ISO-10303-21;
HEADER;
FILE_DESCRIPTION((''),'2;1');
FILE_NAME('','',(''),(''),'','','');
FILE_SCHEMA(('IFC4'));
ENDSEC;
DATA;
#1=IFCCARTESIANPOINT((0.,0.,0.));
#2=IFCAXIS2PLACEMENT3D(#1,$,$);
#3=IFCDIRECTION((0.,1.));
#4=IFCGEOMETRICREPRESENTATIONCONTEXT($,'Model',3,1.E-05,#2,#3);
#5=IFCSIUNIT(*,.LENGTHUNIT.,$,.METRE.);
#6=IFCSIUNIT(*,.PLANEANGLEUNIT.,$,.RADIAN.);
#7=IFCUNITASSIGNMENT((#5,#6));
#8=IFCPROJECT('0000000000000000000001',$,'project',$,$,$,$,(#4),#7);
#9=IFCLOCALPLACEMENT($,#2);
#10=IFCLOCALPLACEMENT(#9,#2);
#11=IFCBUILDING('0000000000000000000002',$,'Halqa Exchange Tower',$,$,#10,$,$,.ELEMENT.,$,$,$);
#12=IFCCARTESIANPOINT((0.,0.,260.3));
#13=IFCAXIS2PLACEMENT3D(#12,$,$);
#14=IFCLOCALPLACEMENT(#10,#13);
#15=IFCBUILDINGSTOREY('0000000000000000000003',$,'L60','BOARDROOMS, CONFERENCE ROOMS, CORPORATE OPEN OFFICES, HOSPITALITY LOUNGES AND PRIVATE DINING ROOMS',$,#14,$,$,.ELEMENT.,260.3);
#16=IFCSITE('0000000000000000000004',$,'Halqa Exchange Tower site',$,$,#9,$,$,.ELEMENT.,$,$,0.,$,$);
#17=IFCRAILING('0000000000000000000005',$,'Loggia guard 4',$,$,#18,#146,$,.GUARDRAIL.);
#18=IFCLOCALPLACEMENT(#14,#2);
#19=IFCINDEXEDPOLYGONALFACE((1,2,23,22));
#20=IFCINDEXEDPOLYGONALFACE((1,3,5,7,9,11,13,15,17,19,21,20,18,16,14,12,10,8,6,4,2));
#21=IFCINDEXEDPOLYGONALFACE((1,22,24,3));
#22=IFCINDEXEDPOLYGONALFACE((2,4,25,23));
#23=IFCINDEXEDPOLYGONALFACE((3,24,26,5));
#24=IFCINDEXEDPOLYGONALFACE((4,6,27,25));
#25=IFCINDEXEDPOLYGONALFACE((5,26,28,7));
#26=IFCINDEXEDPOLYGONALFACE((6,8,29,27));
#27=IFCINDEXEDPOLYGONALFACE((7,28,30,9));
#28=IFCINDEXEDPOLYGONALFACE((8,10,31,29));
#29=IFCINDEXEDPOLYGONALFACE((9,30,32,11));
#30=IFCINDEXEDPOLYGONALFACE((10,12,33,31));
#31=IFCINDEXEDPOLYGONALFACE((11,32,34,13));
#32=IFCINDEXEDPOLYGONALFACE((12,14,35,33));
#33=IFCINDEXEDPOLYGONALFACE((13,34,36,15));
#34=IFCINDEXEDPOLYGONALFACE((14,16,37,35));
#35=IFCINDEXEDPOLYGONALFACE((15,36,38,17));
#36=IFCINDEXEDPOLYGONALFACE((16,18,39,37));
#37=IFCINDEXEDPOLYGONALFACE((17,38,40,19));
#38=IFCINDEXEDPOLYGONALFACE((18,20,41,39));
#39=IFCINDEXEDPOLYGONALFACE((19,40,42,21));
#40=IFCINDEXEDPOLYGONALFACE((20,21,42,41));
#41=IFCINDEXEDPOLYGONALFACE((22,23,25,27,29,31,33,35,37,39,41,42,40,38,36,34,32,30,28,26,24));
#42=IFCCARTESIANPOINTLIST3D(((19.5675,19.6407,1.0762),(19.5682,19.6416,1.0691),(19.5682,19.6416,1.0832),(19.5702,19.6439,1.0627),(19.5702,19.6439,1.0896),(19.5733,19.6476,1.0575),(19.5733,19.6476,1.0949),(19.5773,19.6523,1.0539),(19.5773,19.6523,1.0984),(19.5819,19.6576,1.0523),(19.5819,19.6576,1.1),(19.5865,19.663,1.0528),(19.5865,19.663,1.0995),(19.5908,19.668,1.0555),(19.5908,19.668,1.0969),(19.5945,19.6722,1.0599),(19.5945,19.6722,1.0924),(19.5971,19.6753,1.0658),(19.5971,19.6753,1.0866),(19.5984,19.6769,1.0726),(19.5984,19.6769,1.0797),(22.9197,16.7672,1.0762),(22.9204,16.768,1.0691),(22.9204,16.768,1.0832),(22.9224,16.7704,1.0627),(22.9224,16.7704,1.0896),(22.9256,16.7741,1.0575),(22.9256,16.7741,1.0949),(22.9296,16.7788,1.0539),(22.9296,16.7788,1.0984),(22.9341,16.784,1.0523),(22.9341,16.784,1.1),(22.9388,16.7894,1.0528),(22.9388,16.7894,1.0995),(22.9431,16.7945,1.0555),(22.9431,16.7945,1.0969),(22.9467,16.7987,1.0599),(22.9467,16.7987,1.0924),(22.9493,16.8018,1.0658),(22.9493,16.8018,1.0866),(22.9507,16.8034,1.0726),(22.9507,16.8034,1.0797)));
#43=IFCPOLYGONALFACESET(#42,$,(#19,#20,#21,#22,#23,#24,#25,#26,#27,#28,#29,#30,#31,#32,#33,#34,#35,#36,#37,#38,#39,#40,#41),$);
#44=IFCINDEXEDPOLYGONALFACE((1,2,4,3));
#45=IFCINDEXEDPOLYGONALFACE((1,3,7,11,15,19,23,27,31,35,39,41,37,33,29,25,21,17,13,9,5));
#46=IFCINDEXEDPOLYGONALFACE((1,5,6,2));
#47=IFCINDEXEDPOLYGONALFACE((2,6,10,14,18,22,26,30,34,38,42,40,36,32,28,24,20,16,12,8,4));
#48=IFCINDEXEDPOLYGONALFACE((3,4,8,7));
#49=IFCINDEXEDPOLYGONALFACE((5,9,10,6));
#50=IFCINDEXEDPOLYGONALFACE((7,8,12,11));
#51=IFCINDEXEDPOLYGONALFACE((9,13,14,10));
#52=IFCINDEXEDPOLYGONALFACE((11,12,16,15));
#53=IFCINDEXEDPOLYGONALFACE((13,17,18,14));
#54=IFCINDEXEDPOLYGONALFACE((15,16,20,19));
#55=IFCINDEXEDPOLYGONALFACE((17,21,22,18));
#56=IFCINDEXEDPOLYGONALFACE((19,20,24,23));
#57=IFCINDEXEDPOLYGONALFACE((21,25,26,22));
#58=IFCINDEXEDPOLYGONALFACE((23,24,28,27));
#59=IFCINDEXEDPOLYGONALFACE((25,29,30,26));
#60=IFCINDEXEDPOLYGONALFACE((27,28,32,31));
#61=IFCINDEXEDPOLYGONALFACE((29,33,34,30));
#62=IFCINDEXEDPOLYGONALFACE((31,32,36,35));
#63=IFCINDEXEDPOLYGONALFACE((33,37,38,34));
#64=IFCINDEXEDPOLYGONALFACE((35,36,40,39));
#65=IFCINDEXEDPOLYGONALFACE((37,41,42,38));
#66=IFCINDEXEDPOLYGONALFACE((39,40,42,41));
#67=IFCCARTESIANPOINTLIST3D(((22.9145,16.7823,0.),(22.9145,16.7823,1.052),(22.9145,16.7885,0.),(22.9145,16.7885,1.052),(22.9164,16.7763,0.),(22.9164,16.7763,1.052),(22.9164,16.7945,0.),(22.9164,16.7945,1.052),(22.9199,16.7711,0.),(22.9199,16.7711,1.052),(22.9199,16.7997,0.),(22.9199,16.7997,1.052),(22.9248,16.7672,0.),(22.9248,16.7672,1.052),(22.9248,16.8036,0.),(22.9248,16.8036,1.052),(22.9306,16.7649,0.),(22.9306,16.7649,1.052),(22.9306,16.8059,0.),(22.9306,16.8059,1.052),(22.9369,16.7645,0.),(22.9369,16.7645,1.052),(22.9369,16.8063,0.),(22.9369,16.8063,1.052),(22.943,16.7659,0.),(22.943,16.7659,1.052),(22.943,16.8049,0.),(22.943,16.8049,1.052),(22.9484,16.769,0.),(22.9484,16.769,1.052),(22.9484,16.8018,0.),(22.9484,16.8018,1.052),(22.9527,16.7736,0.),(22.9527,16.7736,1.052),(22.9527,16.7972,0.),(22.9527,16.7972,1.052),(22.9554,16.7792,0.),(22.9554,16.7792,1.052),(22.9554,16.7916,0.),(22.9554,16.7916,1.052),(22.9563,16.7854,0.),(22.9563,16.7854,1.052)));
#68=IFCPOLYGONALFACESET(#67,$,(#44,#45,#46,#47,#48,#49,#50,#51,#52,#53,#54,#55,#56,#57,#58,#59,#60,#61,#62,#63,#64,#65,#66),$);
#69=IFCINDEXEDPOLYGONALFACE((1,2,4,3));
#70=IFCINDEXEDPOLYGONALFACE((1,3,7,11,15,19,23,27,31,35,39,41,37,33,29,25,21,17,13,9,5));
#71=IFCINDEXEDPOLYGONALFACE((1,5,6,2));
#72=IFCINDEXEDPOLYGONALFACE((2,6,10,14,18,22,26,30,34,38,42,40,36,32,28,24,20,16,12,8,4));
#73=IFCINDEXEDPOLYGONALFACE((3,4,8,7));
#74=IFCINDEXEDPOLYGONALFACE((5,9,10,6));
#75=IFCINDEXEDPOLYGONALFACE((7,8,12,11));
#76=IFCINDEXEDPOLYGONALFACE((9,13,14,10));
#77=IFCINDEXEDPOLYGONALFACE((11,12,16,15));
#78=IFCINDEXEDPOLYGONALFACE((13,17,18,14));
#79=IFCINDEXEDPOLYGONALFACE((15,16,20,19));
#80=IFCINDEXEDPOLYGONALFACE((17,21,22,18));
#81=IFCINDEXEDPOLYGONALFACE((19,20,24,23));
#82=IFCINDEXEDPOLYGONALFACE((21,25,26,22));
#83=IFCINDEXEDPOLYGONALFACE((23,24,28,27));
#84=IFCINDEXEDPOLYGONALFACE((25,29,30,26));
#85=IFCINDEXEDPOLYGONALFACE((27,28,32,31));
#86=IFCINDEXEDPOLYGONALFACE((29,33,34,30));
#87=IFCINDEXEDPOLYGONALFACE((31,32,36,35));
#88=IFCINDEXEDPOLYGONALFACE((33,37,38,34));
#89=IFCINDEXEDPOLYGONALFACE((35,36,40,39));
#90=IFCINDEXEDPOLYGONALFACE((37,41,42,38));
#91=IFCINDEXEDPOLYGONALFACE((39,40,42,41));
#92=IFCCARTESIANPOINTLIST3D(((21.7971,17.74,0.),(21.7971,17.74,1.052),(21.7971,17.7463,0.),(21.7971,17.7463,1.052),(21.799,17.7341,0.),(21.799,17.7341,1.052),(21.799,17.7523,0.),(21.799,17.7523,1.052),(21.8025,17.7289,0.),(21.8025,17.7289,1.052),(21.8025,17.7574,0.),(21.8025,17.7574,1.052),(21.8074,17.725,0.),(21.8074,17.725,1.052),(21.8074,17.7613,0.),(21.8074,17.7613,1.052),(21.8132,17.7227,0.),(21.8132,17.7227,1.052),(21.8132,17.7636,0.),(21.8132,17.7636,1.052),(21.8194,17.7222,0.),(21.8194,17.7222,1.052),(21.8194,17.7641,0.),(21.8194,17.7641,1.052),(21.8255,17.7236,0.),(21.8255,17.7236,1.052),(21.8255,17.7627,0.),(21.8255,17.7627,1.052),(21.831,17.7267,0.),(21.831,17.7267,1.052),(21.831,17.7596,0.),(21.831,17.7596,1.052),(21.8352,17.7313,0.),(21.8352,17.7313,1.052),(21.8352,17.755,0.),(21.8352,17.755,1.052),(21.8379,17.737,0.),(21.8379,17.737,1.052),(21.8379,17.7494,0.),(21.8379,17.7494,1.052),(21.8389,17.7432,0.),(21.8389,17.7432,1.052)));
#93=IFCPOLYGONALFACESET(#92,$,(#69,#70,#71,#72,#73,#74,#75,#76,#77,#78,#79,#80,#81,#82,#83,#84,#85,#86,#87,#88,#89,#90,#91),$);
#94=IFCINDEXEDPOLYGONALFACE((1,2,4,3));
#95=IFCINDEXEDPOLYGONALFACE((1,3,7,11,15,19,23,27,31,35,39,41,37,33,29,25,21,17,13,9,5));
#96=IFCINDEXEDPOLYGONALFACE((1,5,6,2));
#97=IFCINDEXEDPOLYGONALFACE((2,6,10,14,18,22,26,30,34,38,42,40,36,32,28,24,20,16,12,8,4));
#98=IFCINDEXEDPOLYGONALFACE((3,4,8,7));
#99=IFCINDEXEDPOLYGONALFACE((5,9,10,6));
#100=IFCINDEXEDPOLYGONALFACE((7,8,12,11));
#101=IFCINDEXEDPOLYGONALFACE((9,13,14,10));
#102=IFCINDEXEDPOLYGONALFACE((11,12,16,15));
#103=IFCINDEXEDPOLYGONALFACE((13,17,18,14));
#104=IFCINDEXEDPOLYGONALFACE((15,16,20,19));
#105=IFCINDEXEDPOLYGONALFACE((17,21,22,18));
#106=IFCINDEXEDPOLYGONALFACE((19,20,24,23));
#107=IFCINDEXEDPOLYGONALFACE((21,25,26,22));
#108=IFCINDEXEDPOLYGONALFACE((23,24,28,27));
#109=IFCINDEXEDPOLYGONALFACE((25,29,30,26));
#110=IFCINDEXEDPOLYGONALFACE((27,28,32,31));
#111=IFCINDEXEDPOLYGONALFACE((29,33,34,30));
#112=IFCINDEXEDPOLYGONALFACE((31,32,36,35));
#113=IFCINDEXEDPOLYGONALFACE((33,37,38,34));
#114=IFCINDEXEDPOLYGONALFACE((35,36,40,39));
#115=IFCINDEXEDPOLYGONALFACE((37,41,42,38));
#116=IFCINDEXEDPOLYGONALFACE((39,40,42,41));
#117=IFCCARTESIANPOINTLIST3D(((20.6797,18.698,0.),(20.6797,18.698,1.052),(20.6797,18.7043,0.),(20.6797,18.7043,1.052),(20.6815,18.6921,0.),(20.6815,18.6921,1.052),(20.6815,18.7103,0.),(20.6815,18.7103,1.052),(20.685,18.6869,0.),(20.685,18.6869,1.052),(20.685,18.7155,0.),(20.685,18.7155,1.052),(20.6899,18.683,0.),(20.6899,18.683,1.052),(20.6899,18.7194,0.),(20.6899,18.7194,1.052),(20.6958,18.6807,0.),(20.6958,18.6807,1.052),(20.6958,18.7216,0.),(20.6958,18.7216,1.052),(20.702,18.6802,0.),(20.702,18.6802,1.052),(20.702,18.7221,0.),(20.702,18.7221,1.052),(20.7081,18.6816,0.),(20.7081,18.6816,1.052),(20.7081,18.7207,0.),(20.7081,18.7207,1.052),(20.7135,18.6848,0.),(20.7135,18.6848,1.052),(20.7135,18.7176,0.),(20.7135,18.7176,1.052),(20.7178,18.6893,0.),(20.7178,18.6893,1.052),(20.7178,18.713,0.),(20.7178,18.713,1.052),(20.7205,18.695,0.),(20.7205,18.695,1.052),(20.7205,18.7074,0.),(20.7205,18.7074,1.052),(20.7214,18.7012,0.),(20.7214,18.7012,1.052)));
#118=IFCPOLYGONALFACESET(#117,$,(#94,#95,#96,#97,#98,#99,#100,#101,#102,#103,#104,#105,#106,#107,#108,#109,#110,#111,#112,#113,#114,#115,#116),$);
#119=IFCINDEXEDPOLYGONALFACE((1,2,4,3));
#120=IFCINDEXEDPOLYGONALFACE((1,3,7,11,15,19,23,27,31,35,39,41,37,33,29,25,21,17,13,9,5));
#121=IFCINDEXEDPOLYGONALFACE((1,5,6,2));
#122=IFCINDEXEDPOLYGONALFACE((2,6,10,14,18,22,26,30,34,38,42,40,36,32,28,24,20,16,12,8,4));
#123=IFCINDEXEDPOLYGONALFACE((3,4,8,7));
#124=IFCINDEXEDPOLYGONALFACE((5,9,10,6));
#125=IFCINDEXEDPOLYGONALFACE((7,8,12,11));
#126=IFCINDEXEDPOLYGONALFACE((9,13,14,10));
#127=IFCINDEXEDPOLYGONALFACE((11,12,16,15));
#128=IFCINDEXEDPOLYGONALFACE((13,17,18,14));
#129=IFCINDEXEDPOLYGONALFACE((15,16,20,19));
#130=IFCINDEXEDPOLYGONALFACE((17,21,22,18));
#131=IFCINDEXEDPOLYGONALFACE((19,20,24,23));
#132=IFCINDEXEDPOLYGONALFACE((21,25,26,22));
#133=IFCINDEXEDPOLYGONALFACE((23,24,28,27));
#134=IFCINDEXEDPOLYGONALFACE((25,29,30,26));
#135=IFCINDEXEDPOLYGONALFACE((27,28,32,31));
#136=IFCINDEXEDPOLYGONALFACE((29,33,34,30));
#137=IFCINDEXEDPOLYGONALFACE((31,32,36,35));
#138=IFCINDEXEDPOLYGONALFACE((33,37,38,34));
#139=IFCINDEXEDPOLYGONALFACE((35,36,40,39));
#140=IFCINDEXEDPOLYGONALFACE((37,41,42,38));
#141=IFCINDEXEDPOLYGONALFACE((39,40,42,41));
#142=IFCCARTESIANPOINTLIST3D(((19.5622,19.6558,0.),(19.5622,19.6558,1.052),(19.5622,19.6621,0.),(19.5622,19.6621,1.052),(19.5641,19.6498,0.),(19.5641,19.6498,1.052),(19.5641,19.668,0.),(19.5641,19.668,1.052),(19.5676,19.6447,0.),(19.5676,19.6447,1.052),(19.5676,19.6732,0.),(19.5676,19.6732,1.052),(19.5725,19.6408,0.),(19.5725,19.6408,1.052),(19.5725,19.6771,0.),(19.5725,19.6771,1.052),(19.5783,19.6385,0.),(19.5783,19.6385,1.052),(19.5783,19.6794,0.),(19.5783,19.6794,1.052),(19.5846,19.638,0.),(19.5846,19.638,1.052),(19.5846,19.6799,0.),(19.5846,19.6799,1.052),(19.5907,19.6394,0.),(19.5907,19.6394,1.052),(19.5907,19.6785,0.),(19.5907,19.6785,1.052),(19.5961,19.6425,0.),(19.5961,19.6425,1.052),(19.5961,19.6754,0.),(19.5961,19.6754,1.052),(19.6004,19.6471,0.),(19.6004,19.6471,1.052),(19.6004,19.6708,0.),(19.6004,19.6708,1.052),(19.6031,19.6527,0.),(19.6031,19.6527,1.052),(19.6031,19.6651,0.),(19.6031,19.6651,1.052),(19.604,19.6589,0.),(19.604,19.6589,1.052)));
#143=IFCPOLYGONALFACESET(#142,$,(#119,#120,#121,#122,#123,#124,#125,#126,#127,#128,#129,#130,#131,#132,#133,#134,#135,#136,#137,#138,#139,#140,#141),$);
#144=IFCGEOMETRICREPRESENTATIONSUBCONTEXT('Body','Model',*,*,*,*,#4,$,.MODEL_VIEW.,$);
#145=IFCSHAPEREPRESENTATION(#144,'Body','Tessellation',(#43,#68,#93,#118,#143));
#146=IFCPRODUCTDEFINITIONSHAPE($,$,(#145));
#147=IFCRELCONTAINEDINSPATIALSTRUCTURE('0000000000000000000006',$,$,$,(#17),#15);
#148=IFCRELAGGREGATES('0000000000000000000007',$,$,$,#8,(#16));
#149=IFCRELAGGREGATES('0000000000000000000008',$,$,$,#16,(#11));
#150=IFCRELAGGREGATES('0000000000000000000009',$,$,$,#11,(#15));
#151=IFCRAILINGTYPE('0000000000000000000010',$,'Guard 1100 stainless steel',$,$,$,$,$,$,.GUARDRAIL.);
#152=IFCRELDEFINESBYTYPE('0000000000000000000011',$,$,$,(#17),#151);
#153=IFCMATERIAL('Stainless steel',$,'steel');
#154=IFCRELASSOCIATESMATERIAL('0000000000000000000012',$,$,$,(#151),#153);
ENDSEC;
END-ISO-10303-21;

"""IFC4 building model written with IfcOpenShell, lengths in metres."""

from ifc_helpers import new_model, si_unit, direction, frame, origin, origin_2d, place, context, subcontext, project, spatial, circle, extrude, material, type_object, element, save


model = new_model("IFC4")

# Units and contexts
model_context = context("Model", 3, precision=1e-05, world=origin(), true_north=direction((0.0, 1.0)))
body_context = subcontext(model_context, "Body", "Model", "MODEL_VIEW")
ifc_project = project(units=[si_unit("LENGTHUNIT", "METRE"), si_unit("PLANEANGLEUNIT", "RADIAN")], contexts=[model_context])

# Site, building, storey
site_placement = place(None, origin())
site = spatial("IfcSite", under=ifc_project, at=site_placement, Name="Halqa Exchange Tower site", CompositionType="ELEMENT", RefElevation=0.0)
building_placement = place(site_placement, origin())
building = spatial("IfcBuilding", under=site, at=building_placement, Name="Halqa Exchange Tower", CompositionType="ELEMENT")
storey_placement = place(building_placement, frame((0.0, 0.0, 260.3)))
storey = spatial("IfcBuildingStorey", under=building, at=storey_placement, Name="L60", Description="BOARDROOMS, CONFERENCE ROOMS, CORPORATE OPEN OFFICES, HOSPITALITY LOUNGES AND PRIVATE DINING ROOMS", CompositionType="ELEMENT", Elevation=260.3)

# Railing
ifc_material_1 = material(Name="Stainless steel", Category="steel")
railing_type = type_object("IfcRailingType", Name="Guard 1100 stainless steel", PredefinedType="GUARDRAIL", material=ifc_material_1)
railing_1_placement = place(storey_placement, frame((22.9353, 16.7854, 0.0)))
element("IfcRailing", 1, at=railing_1_placement, inside=storey, type_object=railing_type, Name="Loggia guard 4", PredefinedType="GUARDRAIL", context=body_context, shape_type="SweptSolid", body=[
    extrude(circle(Radius=0.0239, at=origin_2d()), frame((0.0, 0.0, 1.0762), z_axis=(-0.759241, 0.65081, 0.0), x_axis=(-0.65081, -0.759241, 0.0)), (0.0, 0.0, 1.0), 4.4153),
    extrude(circle(Radius=0.021, at=origin_2d()), origin(), (0.0, 0.0, 1.0), 1.052),
    extrude(circle(Radius=0.021, at=origin_2d()), frame((-1.1174, 0.9578, 0.0)), (0.0, 0.0, 1.0), 1.052),
    extrude(circle(Radius=0.021, at=origin_2d()), frame((-2.2349, 1.9158, 0.0)), (0.0, 0.0, 1.0), 1.052),
    extrude(circle(Radius=0.021, at=origin_2d()), frame((-3.3523, 2.8735, 0.0)), (0.0, 0.0, 1.0), 1.052),
])

save(model, "model.ifc")
